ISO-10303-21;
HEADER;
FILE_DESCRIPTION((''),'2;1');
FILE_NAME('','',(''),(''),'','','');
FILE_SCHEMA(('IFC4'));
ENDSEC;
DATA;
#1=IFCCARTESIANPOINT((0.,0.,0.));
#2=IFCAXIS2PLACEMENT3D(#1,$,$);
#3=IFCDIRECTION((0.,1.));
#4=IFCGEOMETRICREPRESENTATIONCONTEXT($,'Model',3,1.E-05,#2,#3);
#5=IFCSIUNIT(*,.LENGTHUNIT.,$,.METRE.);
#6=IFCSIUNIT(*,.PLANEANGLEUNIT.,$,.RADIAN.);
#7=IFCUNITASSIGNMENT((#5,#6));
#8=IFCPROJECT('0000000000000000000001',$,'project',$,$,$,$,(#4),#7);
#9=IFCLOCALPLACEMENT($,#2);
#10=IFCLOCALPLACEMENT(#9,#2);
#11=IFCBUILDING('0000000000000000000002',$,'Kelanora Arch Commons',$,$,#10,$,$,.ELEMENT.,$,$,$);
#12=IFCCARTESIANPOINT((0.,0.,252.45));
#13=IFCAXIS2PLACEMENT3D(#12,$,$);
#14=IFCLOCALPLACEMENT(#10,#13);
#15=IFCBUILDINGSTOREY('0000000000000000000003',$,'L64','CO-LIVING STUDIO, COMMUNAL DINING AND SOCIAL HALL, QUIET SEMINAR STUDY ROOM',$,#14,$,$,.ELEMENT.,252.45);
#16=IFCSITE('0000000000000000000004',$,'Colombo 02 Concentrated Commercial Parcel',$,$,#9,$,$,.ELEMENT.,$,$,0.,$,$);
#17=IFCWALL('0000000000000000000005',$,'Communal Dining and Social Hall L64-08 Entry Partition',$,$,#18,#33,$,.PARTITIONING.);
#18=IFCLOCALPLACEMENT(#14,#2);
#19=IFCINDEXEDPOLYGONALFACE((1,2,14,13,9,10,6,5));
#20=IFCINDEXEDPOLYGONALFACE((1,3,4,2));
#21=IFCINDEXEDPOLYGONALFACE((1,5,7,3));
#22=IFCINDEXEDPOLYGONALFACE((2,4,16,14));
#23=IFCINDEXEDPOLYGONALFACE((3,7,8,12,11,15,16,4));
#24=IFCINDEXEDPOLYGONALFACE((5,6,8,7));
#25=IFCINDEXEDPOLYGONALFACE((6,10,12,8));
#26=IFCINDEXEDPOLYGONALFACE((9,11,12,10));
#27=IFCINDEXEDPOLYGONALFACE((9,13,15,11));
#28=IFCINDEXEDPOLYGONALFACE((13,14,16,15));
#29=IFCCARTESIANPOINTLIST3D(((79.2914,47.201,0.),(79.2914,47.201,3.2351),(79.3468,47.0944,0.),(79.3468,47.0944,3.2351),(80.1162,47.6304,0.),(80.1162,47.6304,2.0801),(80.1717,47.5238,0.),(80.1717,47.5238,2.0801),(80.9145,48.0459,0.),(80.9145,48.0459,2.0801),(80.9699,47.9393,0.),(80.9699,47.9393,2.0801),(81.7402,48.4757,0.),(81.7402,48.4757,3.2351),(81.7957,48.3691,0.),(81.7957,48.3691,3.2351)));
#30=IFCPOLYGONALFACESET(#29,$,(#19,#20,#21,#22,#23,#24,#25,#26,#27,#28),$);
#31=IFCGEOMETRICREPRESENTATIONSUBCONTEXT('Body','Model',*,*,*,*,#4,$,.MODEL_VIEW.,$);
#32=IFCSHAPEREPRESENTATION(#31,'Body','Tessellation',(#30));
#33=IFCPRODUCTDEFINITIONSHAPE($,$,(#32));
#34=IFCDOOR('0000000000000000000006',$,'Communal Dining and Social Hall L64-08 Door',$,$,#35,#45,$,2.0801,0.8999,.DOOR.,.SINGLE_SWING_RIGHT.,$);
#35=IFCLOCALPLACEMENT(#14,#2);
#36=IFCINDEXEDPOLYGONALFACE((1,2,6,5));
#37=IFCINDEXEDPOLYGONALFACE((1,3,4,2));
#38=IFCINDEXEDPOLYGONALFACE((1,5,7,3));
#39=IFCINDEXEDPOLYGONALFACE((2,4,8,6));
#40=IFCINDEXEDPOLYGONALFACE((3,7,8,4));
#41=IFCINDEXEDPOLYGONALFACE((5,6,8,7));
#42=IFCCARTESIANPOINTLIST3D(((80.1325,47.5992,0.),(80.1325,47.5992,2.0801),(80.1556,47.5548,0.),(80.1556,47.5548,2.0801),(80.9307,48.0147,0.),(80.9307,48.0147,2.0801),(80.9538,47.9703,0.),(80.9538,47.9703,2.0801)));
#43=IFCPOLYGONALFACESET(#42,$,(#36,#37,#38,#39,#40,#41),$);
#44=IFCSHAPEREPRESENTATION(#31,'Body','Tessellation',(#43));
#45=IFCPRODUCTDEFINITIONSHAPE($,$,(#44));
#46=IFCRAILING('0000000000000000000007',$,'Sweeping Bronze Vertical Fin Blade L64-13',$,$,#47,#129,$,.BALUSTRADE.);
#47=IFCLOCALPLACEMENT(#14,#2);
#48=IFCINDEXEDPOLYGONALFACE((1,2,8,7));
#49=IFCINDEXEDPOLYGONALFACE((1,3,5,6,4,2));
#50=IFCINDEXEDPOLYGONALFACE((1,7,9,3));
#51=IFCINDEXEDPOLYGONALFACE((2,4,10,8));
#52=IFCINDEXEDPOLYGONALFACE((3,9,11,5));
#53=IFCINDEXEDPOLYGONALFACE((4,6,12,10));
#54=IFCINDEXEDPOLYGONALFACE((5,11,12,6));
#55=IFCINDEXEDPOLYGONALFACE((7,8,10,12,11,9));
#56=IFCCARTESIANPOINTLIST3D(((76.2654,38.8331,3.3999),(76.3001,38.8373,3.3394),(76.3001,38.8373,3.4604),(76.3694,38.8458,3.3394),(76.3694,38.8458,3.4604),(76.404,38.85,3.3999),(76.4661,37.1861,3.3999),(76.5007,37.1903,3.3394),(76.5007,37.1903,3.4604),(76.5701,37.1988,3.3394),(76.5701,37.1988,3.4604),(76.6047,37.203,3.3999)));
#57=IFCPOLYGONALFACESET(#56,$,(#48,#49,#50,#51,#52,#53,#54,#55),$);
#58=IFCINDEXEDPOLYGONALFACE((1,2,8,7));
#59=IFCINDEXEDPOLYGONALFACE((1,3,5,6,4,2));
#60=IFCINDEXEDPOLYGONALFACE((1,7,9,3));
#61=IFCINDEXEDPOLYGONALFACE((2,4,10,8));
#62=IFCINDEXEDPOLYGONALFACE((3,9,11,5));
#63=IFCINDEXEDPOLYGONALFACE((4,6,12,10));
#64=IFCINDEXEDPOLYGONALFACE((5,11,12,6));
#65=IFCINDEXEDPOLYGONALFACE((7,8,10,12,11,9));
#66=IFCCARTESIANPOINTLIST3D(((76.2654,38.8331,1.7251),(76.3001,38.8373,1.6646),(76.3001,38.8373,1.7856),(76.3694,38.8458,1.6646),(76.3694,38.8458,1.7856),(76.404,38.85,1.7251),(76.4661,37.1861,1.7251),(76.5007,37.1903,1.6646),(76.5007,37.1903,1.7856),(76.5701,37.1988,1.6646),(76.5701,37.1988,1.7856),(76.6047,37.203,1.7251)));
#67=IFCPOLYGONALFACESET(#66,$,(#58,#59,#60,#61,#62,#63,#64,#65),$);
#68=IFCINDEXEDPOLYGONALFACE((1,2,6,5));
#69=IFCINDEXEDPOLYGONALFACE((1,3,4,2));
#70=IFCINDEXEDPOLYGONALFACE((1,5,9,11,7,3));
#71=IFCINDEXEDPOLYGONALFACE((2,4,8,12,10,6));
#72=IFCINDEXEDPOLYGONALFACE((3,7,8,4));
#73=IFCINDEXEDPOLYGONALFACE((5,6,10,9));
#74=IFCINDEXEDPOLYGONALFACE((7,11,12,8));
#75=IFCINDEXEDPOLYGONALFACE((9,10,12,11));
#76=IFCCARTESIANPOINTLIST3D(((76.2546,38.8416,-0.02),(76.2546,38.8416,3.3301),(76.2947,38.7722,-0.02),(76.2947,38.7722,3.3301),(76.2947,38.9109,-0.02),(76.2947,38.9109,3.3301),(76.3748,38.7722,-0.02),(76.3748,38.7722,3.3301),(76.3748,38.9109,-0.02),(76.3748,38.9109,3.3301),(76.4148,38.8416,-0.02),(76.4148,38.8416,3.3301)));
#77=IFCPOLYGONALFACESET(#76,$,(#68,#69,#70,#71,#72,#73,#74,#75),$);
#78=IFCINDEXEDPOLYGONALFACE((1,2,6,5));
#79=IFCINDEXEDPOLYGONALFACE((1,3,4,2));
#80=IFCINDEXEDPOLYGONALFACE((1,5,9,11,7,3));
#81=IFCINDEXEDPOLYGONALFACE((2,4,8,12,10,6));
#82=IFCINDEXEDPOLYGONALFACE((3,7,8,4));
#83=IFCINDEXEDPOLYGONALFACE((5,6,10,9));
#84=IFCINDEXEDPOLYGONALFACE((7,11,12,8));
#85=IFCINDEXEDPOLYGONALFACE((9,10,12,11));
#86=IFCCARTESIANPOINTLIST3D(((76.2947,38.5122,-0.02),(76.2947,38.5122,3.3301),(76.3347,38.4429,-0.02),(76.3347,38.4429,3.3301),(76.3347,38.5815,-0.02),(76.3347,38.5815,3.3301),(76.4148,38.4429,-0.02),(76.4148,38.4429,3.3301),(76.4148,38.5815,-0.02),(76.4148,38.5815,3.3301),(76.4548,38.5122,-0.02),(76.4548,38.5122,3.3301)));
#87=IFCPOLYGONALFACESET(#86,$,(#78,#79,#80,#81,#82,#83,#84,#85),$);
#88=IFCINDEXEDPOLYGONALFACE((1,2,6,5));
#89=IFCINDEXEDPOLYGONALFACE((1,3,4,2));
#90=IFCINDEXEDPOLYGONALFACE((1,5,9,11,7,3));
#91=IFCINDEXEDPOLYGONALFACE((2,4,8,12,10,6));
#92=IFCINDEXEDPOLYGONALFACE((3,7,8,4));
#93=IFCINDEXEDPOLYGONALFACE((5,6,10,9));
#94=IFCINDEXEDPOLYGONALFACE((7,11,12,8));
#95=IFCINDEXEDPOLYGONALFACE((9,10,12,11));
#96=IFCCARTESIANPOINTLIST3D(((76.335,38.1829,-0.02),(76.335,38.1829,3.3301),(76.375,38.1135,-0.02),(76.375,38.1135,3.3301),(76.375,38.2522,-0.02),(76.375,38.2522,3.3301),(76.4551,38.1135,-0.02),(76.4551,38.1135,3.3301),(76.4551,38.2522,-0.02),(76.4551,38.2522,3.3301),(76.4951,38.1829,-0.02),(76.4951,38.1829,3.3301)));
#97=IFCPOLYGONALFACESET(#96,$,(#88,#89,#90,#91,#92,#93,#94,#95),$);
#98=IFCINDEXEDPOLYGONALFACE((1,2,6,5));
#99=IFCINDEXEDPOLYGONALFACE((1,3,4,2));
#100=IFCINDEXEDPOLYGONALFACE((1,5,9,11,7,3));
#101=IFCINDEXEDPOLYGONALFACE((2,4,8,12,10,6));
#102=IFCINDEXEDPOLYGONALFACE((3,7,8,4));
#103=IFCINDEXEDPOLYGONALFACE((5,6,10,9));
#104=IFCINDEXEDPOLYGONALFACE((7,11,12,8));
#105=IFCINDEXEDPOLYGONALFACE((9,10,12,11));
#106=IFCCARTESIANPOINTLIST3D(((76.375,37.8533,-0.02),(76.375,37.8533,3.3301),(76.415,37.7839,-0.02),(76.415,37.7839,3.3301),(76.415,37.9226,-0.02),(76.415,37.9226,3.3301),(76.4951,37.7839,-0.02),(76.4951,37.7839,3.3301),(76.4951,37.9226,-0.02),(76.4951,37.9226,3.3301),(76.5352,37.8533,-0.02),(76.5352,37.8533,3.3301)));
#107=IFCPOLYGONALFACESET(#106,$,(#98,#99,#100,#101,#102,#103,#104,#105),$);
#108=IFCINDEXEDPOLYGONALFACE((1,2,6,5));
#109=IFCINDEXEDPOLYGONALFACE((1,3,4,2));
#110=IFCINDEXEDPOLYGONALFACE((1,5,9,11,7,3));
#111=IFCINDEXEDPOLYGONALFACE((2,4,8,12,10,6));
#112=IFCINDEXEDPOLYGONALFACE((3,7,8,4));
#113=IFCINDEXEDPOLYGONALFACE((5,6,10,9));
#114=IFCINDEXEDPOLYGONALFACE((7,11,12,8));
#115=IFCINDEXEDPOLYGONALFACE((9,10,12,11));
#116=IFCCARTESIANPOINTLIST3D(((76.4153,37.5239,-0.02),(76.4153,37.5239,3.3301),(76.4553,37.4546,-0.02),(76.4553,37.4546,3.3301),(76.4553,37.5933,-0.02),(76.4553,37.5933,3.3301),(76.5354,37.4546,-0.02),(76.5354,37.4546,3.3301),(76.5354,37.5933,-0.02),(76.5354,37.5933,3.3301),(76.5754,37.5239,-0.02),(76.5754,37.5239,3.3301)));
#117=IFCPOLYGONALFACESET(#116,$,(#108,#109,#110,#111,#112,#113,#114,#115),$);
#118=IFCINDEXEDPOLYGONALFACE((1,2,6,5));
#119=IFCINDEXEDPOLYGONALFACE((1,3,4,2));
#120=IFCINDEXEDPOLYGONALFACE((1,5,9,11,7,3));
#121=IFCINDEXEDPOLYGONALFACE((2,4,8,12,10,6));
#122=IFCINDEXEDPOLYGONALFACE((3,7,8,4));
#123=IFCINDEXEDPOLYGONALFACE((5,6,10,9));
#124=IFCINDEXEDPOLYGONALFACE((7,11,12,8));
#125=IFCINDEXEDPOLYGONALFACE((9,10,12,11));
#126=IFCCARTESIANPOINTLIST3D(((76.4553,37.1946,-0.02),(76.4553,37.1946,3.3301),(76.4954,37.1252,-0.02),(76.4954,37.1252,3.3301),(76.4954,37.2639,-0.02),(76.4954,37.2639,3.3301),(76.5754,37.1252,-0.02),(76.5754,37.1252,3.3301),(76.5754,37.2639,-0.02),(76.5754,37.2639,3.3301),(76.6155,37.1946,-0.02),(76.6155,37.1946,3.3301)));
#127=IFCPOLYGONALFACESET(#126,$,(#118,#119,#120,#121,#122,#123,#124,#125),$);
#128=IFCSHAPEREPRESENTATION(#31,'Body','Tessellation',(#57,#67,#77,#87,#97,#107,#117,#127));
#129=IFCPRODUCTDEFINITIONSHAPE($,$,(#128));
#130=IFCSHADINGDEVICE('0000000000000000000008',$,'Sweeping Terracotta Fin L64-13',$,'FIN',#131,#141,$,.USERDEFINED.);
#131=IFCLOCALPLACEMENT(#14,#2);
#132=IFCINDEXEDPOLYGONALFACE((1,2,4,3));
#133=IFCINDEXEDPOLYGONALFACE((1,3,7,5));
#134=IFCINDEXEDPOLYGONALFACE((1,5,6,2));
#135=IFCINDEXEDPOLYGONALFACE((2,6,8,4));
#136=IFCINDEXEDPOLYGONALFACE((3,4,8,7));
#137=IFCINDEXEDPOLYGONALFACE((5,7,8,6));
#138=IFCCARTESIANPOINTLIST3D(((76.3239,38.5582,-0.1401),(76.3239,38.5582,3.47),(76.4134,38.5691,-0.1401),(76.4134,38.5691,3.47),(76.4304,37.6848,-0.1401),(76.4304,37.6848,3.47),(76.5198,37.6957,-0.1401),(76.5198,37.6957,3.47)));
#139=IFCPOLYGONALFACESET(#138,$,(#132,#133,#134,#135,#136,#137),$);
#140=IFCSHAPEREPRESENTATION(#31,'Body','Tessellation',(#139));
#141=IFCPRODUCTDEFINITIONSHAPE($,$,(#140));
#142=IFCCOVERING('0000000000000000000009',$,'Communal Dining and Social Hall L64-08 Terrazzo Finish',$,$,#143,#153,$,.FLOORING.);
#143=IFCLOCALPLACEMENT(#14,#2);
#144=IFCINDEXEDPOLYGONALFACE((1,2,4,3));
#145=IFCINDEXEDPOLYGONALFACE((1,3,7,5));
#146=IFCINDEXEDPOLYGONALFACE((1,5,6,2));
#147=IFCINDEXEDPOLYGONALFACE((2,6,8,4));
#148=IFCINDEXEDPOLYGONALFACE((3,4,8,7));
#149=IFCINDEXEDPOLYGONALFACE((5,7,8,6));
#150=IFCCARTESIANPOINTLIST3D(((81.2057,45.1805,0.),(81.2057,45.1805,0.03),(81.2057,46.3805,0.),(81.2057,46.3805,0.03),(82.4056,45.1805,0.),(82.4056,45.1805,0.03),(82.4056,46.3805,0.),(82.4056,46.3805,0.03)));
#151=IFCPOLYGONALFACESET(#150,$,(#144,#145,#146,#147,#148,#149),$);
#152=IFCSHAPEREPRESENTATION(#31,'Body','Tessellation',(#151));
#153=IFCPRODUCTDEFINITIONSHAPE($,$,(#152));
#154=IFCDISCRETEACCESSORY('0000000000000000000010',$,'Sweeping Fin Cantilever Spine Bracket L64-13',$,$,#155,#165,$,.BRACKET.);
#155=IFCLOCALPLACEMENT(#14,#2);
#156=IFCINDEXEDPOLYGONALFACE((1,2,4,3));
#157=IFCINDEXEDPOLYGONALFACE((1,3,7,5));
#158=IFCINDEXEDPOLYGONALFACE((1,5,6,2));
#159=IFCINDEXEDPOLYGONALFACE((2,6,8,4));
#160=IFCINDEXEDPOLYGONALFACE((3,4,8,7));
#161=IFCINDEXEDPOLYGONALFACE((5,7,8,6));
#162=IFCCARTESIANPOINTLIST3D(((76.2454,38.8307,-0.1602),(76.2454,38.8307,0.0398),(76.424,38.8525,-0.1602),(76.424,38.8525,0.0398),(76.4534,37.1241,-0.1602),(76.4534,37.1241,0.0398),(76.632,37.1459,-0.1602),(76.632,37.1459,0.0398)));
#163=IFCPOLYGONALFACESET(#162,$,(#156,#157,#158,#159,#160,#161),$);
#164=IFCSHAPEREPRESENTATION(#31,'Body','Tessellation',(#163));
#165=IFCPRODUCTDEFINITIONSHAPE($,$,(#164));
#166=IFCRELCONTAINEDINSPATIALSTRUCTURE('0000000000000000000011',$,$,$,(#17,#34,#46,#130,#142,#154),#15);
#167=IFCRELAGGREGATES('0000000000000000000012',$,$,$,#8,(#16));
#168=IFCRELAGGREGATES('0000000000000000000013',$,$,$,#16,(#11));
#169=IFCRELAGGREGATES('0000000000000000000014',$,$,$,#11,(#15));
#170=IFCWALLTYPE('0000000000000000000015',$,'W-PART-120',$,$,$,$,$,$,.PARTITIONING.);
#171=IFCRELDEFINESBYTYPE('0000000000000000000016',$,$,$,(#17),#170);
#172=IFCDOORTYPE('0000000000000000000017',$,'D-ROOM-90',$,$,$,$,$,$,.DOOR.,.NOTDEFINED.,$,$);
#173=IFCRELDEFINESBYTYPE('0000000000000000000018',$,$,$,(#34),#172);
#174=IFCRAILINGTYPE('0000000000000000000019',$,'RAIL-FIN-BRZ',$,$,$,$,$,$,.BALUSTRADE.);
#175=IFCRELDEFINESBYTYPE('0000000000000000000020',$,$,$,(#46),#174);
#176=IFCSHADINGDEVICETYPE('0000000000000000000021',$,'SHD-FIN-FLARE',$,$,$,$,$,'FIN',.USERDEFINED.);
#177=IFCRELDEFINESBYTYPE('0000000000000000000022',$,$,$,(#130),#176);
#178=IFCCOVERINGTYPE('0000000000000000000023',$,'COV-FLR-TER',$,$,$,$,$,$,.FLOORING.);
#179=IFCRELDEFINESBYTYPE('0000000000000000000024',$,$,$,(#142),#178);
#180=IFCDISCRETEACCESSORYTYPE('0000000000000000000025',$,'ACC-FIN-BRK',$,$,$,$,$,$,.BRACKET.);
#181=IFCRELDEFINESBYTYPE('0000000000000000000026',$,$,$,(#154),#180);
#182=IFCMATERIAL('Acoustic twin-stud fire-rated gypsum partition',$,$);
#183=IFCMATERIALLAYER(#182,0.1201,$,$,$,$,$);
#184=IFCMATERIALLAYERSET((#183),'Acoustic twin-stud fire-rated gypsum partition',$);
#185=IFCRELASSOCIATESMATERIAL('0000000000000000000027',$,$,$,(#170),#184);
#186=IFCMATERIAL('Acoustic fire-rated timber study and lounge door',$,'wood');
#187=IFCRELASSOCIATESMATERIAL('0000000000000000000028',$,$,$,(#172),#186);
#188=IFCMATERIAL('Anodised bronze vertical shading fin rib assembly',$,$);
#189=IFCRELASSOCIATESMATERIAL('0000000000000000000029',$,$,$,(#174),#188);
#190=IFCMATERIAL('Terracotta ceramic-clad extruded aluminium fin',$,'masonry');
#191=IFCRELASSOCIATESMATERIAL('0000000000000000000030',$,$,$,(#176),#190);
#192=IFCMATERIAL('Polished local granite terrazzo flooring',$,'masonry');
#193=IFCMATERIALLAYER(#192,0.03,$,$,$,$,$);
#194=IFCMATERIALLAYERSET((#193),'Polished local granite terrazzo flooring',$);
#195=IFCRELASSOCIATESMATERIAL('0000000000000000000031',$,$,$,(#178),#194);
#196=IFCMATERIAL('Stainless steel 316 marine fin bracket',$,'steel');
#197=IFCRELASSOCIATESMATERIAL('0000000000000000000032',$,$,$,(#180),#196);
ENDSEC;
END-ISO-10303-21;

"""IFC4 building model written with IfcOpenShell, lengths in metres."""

from ifc_helpers import new_model, si_unit, direction, frame, frame_2d, origin, origin_2d, place, context, subcontext, project, spatial, polyline, rectangle, outline, extrude, source, transform, mapped, material, layer, layer_set, type_object, element, fill, save


model = new_model("IFC4")

# Units and contexts
model_context = context("Model", 3, precision=1e-05, world=origin(), true_north=direction((0.0, 1.0)))
body_context = subcontext(model_context, "Body", "Model", "MODEL_VIEW")
ifc_project = project(units=[si_unit("LENGTHUNIT", "METRE"), si_unit("PLANEANGLEUNIT", "RADIAN")], contexts=[model_context])

# Site, building, storey
site_placement = place(None, origin())
site = spatial("IfcSite", under=ifc_project, at=site_placement, Name="Colombo 02 Concentrated Commercial Parcel", CompositionType="ELEMENT", RefElevation=0.0)
building_placement = place(site_placement, origin())
building = spatial("IfcBuilding", under=site, at=building_placement, Name="Kelanora Arch Commons", CompositionType="ELEMENT")
storey_placement = place(building_placement, frame((0.0, 0.0, 252.45)))
storey = spatial("IfcBuildingStorey", under=building, at=storey_placement, Name="L64", Description="CO-LIVING STUDIO, COMMUNAL DINING AND SOCIAL HALL, QUIET SEMINAR STUDY ROOM", CompositionType="ELEMENT", Elevation=252.45)

# Wall, opening, door
ifc_material_1 = material(Name="Acoustic twin-stud fire-rated gypsum partition")
ifc_layer_1 = layer(ifc_material_1, 0.1201)
ifc_layer_set_1 = layer_set([ifc_layer_1], Name="Acoustic twin-stud fire-rated gypsum partition")
wall_type_1 = type_object("IfcWallType", Name="W-PART-120", PredefinedType="PARTITIONING", material=ifc_layer_set_1)
wall_1_placement = place(storey_placement, frame((79.3191, 47.1477, 0.0), z_axis=(0.0, 0.0, 1.0), x_axis=(0.887021, 0.461729, 0.0)))
wall_1 = element("IfcWall", 1, at=wall_1_placement, inside=storey, type_object=wall_type_1, Name="Communal Dining and Social Hall L64-08 Entry Partition", PredefinedType="PARTITIONING", context=body_context, shape_type="SweptSolid", body=[
    extrude(rectangle(XDim=2.7607, YDim=0.1201, at=frame_2d((1.3804, 0.0))), origin(), (0.0, 0.0, 1.0), 3.2351),
])
opening_placement = place(wall_1_placement, frame((0.9299, 0.0, 0.0)))
opening = element("IfcOpeningElement", 2, at=opening_placement, cuts=wall_1, PredefinedType="OPENING", context=body_context, shape_type="SweptSolid", body=[
    extrude(rectangle(XDim=0.8999, YDim=2.0801, at=frame_2d((0.45, 1.04))), frame((0.0, 0.0701, 0.0), z_axis=(0.0, -1.0, 0.0), x_axis=(1.0, 0.0, 0.0)), (0.0, 0.0, 1.0), 0.1401),
])
ifc_material_2 = material(Name="Acoustic fire-rated timber study and lounge door", Category="wood")
door_type = type_object("IfcDoorType", Name="D-ROOM-90", OperationType="NOTDEFINED", PredefinedType="DOOR", material=ifc_material_2)
door_placement = place(opening_placement, origin())
door = element("IfcDoor", 3, at=door_placement, inside=storey, type_object=door_type, Name="Communal Dining and Social Hall L64-08 Door", OperationType="SINGLE_SWING_RIGHT", OverallHeight=2.0801, OverallWidth=0.8999, PredefinedType="DOOR", context=body_context, shape_type="SweptSolid", body=[
    extrude(rectangle(XDim=0.8999, YDim=2.0801, at=frame_2d((0.45, 1.04))), frame((0.0, 0.0249, 0.0), z_axis=(0.0, -1.0, 0.0), x_axis=(1.0, 0.0, 0.0)), (0.0, 0.0, 1.0), 0.05),
])
fill(opening, door)

# Railing
ifc_material_3 = material(Name="Anodised bronze vertical shading fin rib assembly")
railing_type = type_object("IfcRailingType", Name="RAIL-FIN-BRZ", PredefinedType="BALUSTRADE", material=ifc_material_3)
railing_placement = place(storey_placement, frame((76.3347, 38.8416, -0.02)))
element("IfcRailing", 4, at=railing_placement, inside=storey, type_object=railing_type, Name="Sweeping Bronze Vertical Fin Blade L64-13", PredefinedType="BALUSTRADE", context=body_context, shape_type="SweptSolid", body=[
    extrude(outline(polyline([(0.0698, 0.0), (0.0349, 0.0605), (-0.0349, 0.0605), (-0.0698, 0.0), (-0.0349, -0.0605), (0.0349, -0.0605), (0.0698, 0.0)])), frame((0.0, 0.0, 3.4199), z_axis=(0.120955, -0.992658, 0.0), x_axis=(0.992658, 0.120955, 0.0)), (0.0, 0.0, 1.0), 1.6592),
    extrude(outline(polyline([(0.0698, 0.0), (0.0349, 0.0605), (-0.0349, 0.0605), (-0.0698, 0.0), (-0.0349, -0.0605), (0.0349, -0.0605), (0.0698, 0.0)])), frame((0.0, 0.0, 1.7451), z_axis=(0.120955, -0.992658, 0.0), x_axis=(0.992658, 0.120955, 0.0)), (0.0, 0.0, 1.0), 1.6592),
    extrude(outline(polyline([(0.0801, 0.0), (0.04, 0.0693), (-0.04, 0.0693), (-0.0801, 0.0), (-0.04, -0.0693), (0.04, -0.0693), (0.0801, 0.0)])), origin(), (0.0, 0.0, 1.0), 3.3501),
    extrude(outline(polyline([(0.0801, 0.0), (0.04, 0.0693), (-0.04, 0.0693), (-0.0801, 0.0), (-0.04, -0.0693), (0.04, -0.0693), (0.0801, 0.0)])), frame((0.04, -0.3293, 0.0)), (0.0, 0.0, 1.0), 3.3501),
    extrude(outline(polyline([(0.0801, 0.0), (0.04, 0.0693), (-0.04, 0.0693), (-0.0801, 0.0), (-0.04, -0.0693), (0.04, -0.0693), (0.0801, 0.0)])), frame((0.0803, -0.6587, 0.0)), (0.0, 0.0, 1.0), 3.3501),
    extrude(outline(polyline([(0.0801, 0.0), (0.04, 0.0693), (-0.04, 0.0693), (-0.0801, 0.0), (-0.04, -0.0693), (0.04, -0.0693), (0.0801, 0.0)])), frame((0.1204, -0.9883, 0.0)), (0.0, 0.0, 1.0), 3.3501),
    extrude(outline(polyline([(0.0801, 0.0), (0.04, 0.0693), (-0.04, 0.0693), (-0.0801, 0.0), (-0.04, -0.0693), (0.04, -0.0693), (0.0801, 0.0)])), frame((0.1606, -1.3176, 0.0)), (0.0, 0.0, 1.0), 3.3501),
    extrude(outline(polyline([(0.0801, 0.0), (0.04, 0.0693), (-0.04, 0.0693), (-0.0801, 0.0), (-0.04, -0.0693), (0.04, -0.0693), (0.0801, 0.0)])), frame((0.2007, -1.647, 0.0)), (0.0, 0.0, 1.0), 3.3501),
])

# Shading device
ifc_material_4 = material(Name="Terracotta ceramic-clad extruded aluminium fin", Category="masonry")
shading_device_type = type_object("IfcShadingDeviceType", Name="SHD-FIN-FLARE", ElementType="FIN", PredefinedType="USERDEFINED", material=ifc_material_4)
shared_shape_1 = source(origin(), body_context, "Body", "SweptSolid", [
    extrude(rectangle(XDim=0.8799, YDim=0.0901, at=origin_2d()), origin(), (0.0, 0.0, 1.0), 3.6101),
])
shading_device_placement = place(storey_placement, frame((76.4219, 38.127, -0.1401), z_axis=(0.0, 0.0, 1.0), x_axis=(0.121003, -0.992652, 0.0)))
element("IfcShadingDevice", 5, at=shading_device_placement, inside=storey, type_object=shading_device_type, Name="Sweeping Terracotta Fin L64-13", ObjectType="FIN", PredefinedType="USERDEFINED", context=body_context, shape_type="MappedRepresentation", body=[
    mapped(shared_shape_1, transform((0.0, 0.0, 0.0), scale=1.0)),
])

# Covering
ifc_material_5 = material(Name="Polished local granite terrazzo flooring", Category="masonry")
ifc_layer_2 = layer(ifc_material_5, 0.03)
ifc_layer_set_2 = layer_set([ifc_layer_2], Name="Polished local granite terrazzo flooring")
covering_type = type_object("IfcCoveringType", Name="COV-FLR-TER", PredefinedType="FLOORING", material=ifc_layer_set_2)
shared_shape_2 = source(origin(), body_context, "Body", "SweptSolid", [
    extrude(rectangle(XDim=1.2, YDim=1.2, at=origin_2d()), origin(), (0.0, 0.0, 1.0), 0.03),
])
covering_placement = place(storey_placement, frame((81.8057, 45.7805, 0.0), z_axis=(0.0, 0.0, 1.0), x_axis=(1.0, 0.0, 0.0)))
element("IfcCovering", 6, at=covering_placement, inside=storey, type_object=covering_type, Name="Communal Dining and Social Hall L64-08 Terrazzo Finish", PredefinedType="FLOORING", context=body_context, shape_type="MappedRepresentation", body=[
    mapped(shared_shape_2, transform((0.0, 0.0, 0.0), scale=1.0)),
])

# Discrete accessory
ifc_material_6 = material(Name="Stainless steel 316 marine fin bracket", Category="steel")
discrete_accessory_type = type_object("IfcDiscreteAccessoryType", Name="ACC-FIN-BRK", PredefinedType="BRACKET", material=ifc_material_6)
shared_shape_3 = source(origin(), body_context, "Body", "SweptSolid", [
    extrude(rectangle(XDim=1.7192, YDim=0.1799, at=origin_2d()), origin(), (0.0, 0.0, 1.0), 0.2),
])
discrete_accessory_placement = place(storey_placement, frame((76.4387, 37.9883, -0.1602), z_axis=(0.0, 0.0, 1.0), x_axis=(0.121003, -0.992652, 0.0)))
element("IfcDiscreteAccessory", 7, at=discrete_accessory_placement, inside=storey, type_object=discrete_accessory_type, Name="Sweeping Fin Cantilever Spine Bracket L64-13", PredefinedType="BRACKET", context=body_context, shape_type="MappedRepresentation", body=[
    mapped(shared_shape_3, transform((0.0, 0.0, 0.0), scale=1.0)),
])

save(model, "model.ifc")
